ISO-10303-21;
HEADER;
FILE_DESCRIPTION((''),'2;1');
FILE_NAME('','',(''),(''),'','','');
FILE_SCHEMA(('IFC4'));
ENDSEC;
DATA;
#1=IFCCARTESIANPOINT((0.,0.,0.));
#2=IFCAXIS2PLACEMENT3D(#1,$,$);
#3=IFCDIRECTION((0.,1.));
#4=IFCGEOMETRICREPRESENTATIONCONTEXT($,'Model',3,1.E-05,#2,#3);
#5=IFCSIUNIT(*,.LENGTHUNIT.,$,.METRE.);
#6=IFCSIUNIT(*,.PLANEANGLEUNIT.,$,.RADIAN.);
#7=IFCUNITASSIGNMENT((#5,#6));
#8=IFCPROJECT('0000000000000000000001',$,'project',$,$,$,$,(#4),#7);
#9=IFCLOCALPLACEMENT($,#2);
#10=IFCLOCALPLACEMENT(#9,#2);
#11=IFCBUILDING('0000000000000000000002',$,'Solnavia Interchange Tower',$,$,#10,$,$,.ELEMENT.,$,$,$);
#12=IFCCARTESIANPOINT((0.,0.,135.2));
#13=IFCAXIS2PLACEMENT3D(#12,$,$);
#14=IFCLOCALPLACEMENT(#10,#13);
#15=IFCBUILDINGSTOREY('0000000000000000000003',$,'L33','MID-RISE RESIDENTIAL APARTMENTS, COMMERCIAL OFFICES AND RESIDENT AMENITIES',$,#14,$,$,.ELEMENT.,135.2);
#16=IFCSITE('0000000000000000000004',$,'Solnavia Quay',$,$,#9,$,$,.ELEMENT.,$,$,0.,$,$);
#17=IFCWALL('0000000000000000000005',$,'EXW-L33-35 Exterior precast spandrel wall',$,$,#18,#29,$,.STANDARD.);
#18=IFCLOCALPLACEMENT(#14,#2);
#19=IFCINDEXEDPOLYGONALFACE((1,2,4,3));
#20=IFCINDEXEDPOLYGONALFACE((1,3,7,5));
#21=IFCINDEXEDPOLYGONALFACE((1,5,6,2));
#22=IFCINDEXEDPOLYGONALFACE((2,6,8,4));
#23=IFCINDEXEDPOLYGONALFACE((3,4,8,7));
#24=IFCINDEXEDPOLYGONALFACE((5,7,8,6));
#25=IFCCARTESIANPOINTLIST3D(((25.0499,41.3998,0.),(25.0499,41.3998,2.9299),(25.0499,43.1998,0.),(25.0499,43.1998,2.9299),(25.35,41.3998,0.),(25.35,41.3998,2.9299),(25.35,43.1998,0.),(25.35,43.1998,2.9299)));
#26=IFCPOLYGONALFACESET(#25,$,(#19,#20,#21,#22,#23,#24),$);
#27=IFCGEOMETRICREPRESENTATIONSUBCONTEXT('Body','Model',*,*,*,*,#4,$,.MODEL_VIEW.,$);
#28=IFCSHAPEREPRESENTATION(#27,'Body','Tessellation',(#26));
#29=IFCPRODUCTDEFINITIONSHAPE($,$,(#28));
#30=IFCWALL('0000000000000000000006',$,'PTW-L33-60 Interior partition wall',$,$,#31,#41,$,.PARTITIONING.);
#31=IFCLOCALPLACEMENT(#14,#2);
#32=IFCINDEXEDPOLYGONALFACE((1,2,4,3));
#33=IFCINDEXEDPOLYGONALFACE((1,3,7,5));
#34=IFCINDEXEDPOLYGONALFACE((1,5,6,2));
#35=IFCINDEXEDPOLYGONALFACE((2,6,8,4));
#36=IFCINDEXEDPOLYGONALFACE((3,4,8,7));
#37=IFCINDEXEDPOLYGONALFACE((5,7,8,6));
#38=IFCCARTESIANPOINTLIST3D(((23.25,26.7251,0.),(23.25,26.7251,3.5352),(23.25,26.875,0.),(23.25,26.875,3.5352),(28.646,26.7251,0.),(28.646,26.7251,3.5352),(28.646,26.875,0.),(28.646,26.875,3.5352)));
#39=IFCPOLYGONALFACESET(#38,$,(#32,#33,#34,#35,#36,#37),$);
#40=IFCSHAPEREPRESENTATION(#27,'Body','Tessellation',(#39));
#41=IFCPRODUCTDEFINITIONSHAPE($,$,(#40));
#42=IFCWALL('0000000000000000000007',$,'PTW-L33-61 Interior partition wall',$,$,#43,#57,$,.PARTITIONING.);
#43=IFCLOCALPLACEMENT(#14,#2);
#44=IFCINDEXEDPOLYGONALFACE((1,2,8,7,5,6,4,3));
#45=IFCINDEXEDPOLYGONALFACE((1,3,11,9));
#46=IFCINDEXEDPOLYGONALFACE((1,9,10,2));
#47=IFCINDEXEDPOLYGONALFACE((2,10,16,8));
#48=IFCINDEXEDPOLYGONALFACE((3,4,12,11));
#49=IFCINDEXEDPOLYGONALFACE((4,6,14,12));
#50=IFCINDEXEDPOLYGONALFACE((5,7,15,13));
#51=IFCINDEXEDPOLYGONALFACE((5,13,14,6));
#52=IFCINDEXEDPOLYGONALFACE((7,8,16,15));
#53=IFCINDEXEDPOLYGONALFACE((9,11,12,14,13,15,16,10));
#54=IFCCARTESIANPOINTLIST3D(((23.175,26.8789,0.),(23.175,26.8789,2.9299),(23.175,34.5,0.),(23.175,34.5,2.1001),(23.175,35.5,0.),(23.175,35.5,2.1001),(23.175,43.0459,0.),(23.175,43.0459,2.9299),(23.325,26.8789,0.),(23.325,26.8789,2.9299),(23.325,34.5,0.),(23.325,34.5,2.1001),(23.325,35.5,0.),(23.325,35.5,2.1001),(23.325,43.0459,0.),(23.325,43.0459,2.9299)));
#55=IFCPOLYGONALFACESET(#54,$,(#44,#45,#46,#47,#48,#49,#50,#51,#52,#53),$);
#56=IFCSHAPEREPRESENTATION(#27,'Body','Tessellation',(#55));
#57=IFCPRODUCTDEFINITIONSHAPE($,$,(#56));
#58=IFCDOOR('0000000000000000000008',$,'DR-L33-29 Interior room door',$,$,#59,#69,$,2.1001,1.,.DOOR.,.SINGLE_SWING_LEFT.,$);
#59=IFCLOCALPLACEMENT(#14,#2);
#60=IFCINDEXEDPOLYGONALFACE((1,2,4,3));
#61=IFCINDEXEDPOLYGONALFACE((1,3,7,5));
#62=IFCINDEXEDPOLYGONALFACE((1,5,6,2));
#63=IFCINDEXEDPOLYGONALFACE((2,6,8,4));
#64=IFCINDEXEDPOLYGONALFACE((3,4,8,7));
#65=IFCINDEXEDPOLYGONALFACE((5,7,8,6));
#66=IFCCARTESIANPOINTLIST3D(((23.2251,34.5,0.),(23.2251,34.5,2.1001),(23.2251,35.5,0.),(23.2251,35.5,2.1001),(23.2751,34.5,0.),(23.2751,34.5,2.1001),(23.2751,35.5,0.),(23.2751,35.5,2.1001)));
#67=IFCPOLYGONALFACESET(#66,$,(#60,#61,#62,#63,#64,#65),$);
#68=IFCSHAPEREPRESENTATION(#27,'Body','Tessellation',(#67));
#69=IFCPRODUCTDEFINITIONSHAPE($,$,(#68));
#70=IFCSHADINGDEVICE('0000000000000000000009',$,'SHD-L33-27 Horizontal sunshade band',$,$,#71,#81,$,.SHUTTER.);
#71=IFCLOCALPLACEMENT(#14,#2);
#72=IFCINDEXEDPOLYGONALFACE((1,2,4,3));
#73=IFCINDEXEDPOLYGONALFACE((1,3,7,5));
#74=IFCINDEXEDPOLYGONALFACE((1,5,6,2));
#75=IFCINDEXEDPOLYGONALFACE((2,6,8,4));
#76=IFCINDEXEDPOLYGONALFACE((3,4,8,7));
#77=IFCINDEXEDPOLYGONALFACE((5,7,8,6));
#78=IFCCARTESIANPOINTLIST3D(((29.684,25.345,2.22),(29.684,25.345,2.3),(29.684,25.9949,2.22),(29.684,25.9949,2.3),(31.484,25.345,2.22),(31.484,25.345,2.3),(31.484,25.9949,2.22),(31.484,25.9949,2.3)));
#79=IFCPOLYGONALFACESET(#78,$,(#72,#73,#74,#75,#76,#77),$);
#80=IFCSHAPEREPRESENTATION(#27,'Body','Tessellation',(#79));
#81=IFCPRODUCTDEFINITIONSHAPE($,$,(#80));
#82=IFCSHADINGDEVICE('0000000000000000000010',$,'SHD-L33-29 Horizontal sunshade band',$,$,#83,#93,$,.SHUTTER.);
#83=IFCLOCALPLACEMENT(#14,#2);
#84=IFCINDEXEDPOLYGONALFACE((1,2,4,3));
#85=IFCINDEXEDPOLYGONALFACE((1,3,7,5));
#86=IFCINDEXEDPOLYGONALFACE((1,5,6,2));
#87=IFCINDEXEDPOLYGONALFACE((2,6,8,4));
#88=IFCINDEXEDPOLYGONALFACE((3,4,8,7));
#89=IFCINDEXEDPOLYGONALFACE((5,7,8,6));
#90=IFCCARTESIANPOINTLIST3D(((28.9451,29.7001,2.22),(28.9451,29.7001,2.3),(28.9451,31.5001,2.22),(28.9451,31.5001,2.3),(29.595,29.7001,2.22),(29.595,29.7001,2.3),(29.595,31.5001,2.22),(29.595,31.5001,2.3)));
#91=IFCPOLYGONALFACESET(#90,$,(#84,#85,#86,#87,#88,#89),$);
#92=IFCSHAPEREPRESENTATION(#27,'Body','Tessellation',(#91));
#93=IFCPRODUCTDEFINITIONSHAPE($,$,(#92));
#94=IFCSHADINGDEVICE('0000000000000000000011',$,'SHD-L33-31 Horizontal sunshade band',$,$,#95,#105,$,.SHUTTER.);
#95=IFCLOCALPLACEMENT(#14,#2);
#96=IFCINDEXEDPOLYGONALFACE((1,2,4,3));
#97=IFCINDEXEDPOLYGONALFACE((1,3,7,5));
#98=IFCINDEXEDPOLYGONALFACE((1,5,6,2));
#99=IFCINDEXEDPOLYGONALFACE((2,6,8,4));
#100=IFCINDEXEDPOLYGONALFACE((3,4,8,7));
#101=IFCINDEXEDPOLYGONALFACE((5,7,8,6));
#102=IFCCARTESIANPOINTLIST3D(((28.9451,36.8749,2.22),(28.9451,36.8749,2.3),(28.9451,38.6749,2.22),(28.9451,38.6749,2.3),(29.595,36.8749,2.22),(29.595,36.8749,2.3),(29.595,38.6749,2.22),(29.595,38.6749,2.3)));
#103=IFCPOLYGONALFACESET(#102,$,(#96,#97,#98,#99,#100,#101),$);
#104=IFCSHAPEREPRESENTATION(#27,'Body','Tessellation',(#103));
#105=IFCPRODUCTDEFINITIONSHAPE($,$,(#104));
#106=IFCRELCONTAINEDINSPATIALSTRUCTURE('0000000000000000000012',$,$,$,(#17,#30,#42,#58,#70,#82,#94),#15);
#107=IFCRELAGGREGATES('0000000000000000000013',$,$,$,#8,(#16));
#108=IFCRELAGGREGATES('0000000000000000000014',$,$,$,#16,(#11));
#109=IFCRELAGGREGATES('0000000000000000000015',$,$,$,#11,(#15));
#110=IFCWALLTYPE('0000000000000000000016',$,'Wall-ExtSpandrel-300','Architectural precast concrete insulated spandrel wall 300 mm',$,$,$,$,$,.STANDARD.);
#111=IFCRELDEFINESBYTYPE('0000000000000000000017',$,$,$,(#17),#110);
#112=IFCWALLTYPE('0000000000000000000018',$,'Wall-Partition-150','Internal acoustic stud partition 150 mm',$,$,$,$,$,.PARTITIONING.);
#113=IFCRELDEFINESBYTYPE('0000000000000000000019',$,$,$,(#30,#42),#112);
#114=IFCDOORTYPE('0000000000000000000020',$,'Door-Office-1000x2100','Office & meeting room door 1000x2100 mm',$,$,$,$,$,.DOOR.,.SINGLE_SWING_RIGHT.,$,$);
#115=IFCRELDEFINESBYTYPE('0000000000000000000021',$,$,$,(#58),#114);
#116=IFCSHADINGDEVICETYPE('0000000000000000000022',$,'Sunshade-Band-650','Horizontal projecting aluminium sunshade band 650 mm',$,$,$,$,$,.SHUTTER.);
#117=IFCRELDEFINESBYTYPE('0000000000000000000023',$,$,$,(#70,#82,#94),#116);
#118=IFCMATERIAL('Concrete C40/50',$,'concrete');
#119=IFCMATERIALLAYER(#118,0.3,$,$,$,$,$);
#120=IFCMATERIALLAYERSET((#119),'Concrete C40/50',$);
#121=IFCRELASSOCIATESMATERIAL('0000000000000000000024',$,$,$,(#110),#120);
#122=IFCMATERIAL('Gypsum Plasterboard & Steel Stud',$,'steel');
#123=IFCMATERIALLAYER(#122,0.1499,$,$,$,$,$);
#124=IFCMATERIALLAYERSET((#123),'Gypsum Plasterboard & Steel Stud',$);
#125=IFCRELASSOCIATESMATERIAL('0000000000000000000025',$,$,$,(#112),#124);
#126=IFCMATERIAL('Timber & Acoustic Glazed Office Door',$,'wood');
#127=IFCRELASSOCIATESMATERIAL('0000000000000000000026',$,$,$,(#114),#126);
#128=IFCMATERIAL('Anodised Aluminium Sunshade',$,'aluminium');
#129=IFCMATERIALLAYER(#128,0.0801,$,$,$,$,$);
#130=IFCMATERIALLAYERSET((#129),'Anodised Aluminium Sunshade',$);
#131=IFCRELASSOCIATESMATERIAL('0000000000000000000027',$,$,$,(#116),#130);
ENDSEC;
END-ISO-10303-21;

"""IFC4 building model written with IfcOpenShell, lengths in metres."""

from ifc_helpers import new_model, si_unit, direction, frame, frame_2d, origin, origin_2d, place, context, subcontext, project, spatial, rectangle, extrude, material, layer, layer_set, type_object, element, fill, save


model = new_model("IFC4")

# Units and contexts
model_context = context("Model", 3, precision=1e-05, world=origin(), true_north=direction((0.0, 1.0)))
body_context = subcontext(model_context, "Body", "Model", "MODEL_VIEW")
ifc_project = project(units=[si_unit("LENGTHUNIT", "METRE"), si_unit("PLANEANGLEUNIT", "RADIAN")], contexts=[model_context])

# Site, building, storey
site_placement = place(None, origin())
site = spatial("IfcSite", under=ifc_project, at=site_placement, Name="Solnavia Quay", CompositionType="ELEMENT", RefElevation=0.0)
building_placement = place(site_placement, origin())
building = spatial("IfcBuilding", under=site, at=building_placement, Name="Solnavia Interchange Tower", CompositionType="ELEMENT")
storey_placement = place(building_placement, frame((0.0, 0.0, 135.2)))
storey = spatial("IfcBuildingStorey", under=building, at=storey_placement, Name="L33", Description="MID-RISE RESIDENTIAL APARTMENTS, COMMERCIAL OFFICES AND RESIDENT AMENITIES", CompositionType="ELEMENT", Elevation=135.2)

# Shared definitions
ifc_material_1 = material(Name="Concrete C40/50", Category="concrete")
ifc_layer_1 = layer(ifc_material_1, 0.3)
ifc_layer_set_1 = layer_set([ifc_layer_1], Name="Concrete C40/50")
wall_type_1 = type_object("IfcWallType", Name="Wall-ExtSpandrel-300", Description="Architectural precast concrete insulated spandrel wall 300 mm", PredefinedType="STANDARD", material=ifc_layer_set_1)

# Walls
wall_1_placement = place(storey_placement, frame((25.2, 41.3999, 0.0), z_axis=(0.0, 0.0, 1.0), x_axis=(0.0, 1.0, 0.0)))
element("IfcWall", 1, at=wall_1_placement, inside=storey, type_object=wall_type_1, Name="EXW-L33-35 Exterior precast spandrel wall", PredefinedType="STANDARD", context=body_context, shape_type="SweptSolid", body=[
    extrude(rectangle(XDim=1.8, YDim=0.3, at=frame_2d((0.8999, 0.0))), origin(), (0.0, 0.0, 1.0), 2.9299),
])
ifc_material_2 = material(Name="Gypsum Plasterboard & Steel Stud", Category="steel")
ifc_layer_2 = layer(ifc_material_2, 0.1499)
ifc_layer_set_2 = layer_set([ifc_layer_2], Name="Gypsum Plasterboard & Steel Stud")
wall_type_2 = type_object("IfcWallType", Name="Wall-Partition-150", Description="Internal acoustic stud partition 150 mm", PredefinedType="PARTITIONING", material=ifc_layer_set_2)
wall_2_placement = place(storey_placement, frame((23.25, 26.8, 0.0), z_axis=(0.0, 0.0, 1.0), x_axis=(1.0, 0.0, 0.0)))
element("IfcWall", 2, at=wall_2_placement, inside=storey, type_object=wall_type_2, Name="PTW-L33-60 Interior partition wall", PredefinedType="PARTITIONING", context=body_context, shape_type="SweptSolid", body=[
    extrude(rectangle(XDim=5.396, YDim=0.1499, at=frame_2d((2.698, 0.0))), origin(), (0.0, 0.0, 1.0), 3.5352),
])

# Wall, opening, door
wall_3_placement = place(storey_placement, frame((23.25, 26.8789, 0.0), z_axis=(0.0, 0.0, 1.0), x_axis=(0.0, 1.0, 0.0)))
wall_3 = element("IfcWall", 3, at=wall_3_placement, inside=storey, type_object=wall_type_2, Name="PTW-L33-61 Interior partition wall", PredefinedType="PARTITIONING", context=body_context, shape_type="SweptSolid", body=[
    extrude(rectangle(XDim=16.167, YDim=0.1499, at=frame_2d((8.0835, 0.0))), origin(), (0.0, 0.0, 1.0), 2.9299),
])
opening_1_placement = place(wall_3_placement, frame((7.6211, 0.0, 0.0)))
opening_1 = element("IfcOpeningElement", 4, at=opening_1_placement, cuts=wall_3, PredefinedType="OPENING", context=body_context, shape_type="SweptSolid", body=[
    extrude(rectangle(XDim=1.0, YDim=2.1001, at=frame_2d((0.5, 1.05))), frame((0.0, 0.085, 0.0), z_axis=(0.0, -1.0, 0.0), x_axis=(1.0, 0.0, 0.0)), (0.0, 0.0, 1.0), 0.1699),
])
ifc_material_3 = material(Name="Timber & Acoustic Glazed Office Door", Category="wood")
door_type = type_object("IfcDoorType", Name="Door-Office-1000x2100", Description="Office & meeting room door 1000x2100 mm", OperationType="SINGLE_SWING_RIGHT", PredefinedType="DOOR", material=ifc_material_3)
door_placement = place(opening_1_placement, origin())
door = element("IfcDoor", 5, at=door_placement, inside=storey, type_object=door_type, Name="DR-L33-29 Interior room door", OperationType="SINGLE_SWING_LEFT", OverallHeight=2.1001, OverallWidth=1.0, PredefinedType="DOOR", context=body_context, shape_type="SweptSolid", body=[
    extrude(rectangle(XDim=1.0, YDim=2.1001, at=frame_2d((0.5, 1.05))), frame((0.0, 0.0249, 0.0), z_axis=(0.0, -1.0, 0.0), x_axis=(1.0, 0.0, 0.0)), (0.0, 0.0, 1.0), 0.05),
])
fill(opening_1, door)

# Shading devices
ifc_material_4 = material(Name="Anodised Aluminium Sunshade", Category="aluminium")
ifc_layer_3 = layer(ifc_material_4, 0.0801)
ifc_layer_set_3 = layer_set([ifc_layer_3], Name="Anodised Aluminium Sunshade")
shading_device_type = type_object("IfcShadingDeviceType", Name="Sunshade-Band-650", Description="Horizontal projecting aluminium sunshade band 650 mm", PredefinedType="SHUTTER", material=ifc_layer_set_3)
for number, where, z_axis, x_axis, name in (
    (6, (30.584, 25.6699, 2.22), (0.0, 0.0, 1.0), (1.0, 0.0, 0.0), "SHD-L33-27 Horizontal sunshade band"),
    (7, (29.27, 30.6001, 2.22), (0.0, 0.0, 1.0), (0.0, -1.0, 0.0), "SHD-L33-29 Horizontal sunshade band"),
    (8, (29.27, 37.7749, 2.22), (0.0, 0.0, 1.0), (0.0, -1.0, 0.0), "SHD-L33-31 Horizontal sunshade band"),
):
    element("IfcShadingDevice", number, at=place(storey_placement, frame(where, z_axis=z_axis, x_axis=x_axis)), inside=storey, type_object=shading_device_type, Name=name, PredefinedType="SHUTTER", context=body_context, shape_type="SweptSolid", body=[
        extrude(rectangle(XDim=1.8, YDim=0.6499, at=origin_2d()), origin(), (0.0, 0.0, 1.0), 0.0801),
    ])

save(model, "model.ifc")
